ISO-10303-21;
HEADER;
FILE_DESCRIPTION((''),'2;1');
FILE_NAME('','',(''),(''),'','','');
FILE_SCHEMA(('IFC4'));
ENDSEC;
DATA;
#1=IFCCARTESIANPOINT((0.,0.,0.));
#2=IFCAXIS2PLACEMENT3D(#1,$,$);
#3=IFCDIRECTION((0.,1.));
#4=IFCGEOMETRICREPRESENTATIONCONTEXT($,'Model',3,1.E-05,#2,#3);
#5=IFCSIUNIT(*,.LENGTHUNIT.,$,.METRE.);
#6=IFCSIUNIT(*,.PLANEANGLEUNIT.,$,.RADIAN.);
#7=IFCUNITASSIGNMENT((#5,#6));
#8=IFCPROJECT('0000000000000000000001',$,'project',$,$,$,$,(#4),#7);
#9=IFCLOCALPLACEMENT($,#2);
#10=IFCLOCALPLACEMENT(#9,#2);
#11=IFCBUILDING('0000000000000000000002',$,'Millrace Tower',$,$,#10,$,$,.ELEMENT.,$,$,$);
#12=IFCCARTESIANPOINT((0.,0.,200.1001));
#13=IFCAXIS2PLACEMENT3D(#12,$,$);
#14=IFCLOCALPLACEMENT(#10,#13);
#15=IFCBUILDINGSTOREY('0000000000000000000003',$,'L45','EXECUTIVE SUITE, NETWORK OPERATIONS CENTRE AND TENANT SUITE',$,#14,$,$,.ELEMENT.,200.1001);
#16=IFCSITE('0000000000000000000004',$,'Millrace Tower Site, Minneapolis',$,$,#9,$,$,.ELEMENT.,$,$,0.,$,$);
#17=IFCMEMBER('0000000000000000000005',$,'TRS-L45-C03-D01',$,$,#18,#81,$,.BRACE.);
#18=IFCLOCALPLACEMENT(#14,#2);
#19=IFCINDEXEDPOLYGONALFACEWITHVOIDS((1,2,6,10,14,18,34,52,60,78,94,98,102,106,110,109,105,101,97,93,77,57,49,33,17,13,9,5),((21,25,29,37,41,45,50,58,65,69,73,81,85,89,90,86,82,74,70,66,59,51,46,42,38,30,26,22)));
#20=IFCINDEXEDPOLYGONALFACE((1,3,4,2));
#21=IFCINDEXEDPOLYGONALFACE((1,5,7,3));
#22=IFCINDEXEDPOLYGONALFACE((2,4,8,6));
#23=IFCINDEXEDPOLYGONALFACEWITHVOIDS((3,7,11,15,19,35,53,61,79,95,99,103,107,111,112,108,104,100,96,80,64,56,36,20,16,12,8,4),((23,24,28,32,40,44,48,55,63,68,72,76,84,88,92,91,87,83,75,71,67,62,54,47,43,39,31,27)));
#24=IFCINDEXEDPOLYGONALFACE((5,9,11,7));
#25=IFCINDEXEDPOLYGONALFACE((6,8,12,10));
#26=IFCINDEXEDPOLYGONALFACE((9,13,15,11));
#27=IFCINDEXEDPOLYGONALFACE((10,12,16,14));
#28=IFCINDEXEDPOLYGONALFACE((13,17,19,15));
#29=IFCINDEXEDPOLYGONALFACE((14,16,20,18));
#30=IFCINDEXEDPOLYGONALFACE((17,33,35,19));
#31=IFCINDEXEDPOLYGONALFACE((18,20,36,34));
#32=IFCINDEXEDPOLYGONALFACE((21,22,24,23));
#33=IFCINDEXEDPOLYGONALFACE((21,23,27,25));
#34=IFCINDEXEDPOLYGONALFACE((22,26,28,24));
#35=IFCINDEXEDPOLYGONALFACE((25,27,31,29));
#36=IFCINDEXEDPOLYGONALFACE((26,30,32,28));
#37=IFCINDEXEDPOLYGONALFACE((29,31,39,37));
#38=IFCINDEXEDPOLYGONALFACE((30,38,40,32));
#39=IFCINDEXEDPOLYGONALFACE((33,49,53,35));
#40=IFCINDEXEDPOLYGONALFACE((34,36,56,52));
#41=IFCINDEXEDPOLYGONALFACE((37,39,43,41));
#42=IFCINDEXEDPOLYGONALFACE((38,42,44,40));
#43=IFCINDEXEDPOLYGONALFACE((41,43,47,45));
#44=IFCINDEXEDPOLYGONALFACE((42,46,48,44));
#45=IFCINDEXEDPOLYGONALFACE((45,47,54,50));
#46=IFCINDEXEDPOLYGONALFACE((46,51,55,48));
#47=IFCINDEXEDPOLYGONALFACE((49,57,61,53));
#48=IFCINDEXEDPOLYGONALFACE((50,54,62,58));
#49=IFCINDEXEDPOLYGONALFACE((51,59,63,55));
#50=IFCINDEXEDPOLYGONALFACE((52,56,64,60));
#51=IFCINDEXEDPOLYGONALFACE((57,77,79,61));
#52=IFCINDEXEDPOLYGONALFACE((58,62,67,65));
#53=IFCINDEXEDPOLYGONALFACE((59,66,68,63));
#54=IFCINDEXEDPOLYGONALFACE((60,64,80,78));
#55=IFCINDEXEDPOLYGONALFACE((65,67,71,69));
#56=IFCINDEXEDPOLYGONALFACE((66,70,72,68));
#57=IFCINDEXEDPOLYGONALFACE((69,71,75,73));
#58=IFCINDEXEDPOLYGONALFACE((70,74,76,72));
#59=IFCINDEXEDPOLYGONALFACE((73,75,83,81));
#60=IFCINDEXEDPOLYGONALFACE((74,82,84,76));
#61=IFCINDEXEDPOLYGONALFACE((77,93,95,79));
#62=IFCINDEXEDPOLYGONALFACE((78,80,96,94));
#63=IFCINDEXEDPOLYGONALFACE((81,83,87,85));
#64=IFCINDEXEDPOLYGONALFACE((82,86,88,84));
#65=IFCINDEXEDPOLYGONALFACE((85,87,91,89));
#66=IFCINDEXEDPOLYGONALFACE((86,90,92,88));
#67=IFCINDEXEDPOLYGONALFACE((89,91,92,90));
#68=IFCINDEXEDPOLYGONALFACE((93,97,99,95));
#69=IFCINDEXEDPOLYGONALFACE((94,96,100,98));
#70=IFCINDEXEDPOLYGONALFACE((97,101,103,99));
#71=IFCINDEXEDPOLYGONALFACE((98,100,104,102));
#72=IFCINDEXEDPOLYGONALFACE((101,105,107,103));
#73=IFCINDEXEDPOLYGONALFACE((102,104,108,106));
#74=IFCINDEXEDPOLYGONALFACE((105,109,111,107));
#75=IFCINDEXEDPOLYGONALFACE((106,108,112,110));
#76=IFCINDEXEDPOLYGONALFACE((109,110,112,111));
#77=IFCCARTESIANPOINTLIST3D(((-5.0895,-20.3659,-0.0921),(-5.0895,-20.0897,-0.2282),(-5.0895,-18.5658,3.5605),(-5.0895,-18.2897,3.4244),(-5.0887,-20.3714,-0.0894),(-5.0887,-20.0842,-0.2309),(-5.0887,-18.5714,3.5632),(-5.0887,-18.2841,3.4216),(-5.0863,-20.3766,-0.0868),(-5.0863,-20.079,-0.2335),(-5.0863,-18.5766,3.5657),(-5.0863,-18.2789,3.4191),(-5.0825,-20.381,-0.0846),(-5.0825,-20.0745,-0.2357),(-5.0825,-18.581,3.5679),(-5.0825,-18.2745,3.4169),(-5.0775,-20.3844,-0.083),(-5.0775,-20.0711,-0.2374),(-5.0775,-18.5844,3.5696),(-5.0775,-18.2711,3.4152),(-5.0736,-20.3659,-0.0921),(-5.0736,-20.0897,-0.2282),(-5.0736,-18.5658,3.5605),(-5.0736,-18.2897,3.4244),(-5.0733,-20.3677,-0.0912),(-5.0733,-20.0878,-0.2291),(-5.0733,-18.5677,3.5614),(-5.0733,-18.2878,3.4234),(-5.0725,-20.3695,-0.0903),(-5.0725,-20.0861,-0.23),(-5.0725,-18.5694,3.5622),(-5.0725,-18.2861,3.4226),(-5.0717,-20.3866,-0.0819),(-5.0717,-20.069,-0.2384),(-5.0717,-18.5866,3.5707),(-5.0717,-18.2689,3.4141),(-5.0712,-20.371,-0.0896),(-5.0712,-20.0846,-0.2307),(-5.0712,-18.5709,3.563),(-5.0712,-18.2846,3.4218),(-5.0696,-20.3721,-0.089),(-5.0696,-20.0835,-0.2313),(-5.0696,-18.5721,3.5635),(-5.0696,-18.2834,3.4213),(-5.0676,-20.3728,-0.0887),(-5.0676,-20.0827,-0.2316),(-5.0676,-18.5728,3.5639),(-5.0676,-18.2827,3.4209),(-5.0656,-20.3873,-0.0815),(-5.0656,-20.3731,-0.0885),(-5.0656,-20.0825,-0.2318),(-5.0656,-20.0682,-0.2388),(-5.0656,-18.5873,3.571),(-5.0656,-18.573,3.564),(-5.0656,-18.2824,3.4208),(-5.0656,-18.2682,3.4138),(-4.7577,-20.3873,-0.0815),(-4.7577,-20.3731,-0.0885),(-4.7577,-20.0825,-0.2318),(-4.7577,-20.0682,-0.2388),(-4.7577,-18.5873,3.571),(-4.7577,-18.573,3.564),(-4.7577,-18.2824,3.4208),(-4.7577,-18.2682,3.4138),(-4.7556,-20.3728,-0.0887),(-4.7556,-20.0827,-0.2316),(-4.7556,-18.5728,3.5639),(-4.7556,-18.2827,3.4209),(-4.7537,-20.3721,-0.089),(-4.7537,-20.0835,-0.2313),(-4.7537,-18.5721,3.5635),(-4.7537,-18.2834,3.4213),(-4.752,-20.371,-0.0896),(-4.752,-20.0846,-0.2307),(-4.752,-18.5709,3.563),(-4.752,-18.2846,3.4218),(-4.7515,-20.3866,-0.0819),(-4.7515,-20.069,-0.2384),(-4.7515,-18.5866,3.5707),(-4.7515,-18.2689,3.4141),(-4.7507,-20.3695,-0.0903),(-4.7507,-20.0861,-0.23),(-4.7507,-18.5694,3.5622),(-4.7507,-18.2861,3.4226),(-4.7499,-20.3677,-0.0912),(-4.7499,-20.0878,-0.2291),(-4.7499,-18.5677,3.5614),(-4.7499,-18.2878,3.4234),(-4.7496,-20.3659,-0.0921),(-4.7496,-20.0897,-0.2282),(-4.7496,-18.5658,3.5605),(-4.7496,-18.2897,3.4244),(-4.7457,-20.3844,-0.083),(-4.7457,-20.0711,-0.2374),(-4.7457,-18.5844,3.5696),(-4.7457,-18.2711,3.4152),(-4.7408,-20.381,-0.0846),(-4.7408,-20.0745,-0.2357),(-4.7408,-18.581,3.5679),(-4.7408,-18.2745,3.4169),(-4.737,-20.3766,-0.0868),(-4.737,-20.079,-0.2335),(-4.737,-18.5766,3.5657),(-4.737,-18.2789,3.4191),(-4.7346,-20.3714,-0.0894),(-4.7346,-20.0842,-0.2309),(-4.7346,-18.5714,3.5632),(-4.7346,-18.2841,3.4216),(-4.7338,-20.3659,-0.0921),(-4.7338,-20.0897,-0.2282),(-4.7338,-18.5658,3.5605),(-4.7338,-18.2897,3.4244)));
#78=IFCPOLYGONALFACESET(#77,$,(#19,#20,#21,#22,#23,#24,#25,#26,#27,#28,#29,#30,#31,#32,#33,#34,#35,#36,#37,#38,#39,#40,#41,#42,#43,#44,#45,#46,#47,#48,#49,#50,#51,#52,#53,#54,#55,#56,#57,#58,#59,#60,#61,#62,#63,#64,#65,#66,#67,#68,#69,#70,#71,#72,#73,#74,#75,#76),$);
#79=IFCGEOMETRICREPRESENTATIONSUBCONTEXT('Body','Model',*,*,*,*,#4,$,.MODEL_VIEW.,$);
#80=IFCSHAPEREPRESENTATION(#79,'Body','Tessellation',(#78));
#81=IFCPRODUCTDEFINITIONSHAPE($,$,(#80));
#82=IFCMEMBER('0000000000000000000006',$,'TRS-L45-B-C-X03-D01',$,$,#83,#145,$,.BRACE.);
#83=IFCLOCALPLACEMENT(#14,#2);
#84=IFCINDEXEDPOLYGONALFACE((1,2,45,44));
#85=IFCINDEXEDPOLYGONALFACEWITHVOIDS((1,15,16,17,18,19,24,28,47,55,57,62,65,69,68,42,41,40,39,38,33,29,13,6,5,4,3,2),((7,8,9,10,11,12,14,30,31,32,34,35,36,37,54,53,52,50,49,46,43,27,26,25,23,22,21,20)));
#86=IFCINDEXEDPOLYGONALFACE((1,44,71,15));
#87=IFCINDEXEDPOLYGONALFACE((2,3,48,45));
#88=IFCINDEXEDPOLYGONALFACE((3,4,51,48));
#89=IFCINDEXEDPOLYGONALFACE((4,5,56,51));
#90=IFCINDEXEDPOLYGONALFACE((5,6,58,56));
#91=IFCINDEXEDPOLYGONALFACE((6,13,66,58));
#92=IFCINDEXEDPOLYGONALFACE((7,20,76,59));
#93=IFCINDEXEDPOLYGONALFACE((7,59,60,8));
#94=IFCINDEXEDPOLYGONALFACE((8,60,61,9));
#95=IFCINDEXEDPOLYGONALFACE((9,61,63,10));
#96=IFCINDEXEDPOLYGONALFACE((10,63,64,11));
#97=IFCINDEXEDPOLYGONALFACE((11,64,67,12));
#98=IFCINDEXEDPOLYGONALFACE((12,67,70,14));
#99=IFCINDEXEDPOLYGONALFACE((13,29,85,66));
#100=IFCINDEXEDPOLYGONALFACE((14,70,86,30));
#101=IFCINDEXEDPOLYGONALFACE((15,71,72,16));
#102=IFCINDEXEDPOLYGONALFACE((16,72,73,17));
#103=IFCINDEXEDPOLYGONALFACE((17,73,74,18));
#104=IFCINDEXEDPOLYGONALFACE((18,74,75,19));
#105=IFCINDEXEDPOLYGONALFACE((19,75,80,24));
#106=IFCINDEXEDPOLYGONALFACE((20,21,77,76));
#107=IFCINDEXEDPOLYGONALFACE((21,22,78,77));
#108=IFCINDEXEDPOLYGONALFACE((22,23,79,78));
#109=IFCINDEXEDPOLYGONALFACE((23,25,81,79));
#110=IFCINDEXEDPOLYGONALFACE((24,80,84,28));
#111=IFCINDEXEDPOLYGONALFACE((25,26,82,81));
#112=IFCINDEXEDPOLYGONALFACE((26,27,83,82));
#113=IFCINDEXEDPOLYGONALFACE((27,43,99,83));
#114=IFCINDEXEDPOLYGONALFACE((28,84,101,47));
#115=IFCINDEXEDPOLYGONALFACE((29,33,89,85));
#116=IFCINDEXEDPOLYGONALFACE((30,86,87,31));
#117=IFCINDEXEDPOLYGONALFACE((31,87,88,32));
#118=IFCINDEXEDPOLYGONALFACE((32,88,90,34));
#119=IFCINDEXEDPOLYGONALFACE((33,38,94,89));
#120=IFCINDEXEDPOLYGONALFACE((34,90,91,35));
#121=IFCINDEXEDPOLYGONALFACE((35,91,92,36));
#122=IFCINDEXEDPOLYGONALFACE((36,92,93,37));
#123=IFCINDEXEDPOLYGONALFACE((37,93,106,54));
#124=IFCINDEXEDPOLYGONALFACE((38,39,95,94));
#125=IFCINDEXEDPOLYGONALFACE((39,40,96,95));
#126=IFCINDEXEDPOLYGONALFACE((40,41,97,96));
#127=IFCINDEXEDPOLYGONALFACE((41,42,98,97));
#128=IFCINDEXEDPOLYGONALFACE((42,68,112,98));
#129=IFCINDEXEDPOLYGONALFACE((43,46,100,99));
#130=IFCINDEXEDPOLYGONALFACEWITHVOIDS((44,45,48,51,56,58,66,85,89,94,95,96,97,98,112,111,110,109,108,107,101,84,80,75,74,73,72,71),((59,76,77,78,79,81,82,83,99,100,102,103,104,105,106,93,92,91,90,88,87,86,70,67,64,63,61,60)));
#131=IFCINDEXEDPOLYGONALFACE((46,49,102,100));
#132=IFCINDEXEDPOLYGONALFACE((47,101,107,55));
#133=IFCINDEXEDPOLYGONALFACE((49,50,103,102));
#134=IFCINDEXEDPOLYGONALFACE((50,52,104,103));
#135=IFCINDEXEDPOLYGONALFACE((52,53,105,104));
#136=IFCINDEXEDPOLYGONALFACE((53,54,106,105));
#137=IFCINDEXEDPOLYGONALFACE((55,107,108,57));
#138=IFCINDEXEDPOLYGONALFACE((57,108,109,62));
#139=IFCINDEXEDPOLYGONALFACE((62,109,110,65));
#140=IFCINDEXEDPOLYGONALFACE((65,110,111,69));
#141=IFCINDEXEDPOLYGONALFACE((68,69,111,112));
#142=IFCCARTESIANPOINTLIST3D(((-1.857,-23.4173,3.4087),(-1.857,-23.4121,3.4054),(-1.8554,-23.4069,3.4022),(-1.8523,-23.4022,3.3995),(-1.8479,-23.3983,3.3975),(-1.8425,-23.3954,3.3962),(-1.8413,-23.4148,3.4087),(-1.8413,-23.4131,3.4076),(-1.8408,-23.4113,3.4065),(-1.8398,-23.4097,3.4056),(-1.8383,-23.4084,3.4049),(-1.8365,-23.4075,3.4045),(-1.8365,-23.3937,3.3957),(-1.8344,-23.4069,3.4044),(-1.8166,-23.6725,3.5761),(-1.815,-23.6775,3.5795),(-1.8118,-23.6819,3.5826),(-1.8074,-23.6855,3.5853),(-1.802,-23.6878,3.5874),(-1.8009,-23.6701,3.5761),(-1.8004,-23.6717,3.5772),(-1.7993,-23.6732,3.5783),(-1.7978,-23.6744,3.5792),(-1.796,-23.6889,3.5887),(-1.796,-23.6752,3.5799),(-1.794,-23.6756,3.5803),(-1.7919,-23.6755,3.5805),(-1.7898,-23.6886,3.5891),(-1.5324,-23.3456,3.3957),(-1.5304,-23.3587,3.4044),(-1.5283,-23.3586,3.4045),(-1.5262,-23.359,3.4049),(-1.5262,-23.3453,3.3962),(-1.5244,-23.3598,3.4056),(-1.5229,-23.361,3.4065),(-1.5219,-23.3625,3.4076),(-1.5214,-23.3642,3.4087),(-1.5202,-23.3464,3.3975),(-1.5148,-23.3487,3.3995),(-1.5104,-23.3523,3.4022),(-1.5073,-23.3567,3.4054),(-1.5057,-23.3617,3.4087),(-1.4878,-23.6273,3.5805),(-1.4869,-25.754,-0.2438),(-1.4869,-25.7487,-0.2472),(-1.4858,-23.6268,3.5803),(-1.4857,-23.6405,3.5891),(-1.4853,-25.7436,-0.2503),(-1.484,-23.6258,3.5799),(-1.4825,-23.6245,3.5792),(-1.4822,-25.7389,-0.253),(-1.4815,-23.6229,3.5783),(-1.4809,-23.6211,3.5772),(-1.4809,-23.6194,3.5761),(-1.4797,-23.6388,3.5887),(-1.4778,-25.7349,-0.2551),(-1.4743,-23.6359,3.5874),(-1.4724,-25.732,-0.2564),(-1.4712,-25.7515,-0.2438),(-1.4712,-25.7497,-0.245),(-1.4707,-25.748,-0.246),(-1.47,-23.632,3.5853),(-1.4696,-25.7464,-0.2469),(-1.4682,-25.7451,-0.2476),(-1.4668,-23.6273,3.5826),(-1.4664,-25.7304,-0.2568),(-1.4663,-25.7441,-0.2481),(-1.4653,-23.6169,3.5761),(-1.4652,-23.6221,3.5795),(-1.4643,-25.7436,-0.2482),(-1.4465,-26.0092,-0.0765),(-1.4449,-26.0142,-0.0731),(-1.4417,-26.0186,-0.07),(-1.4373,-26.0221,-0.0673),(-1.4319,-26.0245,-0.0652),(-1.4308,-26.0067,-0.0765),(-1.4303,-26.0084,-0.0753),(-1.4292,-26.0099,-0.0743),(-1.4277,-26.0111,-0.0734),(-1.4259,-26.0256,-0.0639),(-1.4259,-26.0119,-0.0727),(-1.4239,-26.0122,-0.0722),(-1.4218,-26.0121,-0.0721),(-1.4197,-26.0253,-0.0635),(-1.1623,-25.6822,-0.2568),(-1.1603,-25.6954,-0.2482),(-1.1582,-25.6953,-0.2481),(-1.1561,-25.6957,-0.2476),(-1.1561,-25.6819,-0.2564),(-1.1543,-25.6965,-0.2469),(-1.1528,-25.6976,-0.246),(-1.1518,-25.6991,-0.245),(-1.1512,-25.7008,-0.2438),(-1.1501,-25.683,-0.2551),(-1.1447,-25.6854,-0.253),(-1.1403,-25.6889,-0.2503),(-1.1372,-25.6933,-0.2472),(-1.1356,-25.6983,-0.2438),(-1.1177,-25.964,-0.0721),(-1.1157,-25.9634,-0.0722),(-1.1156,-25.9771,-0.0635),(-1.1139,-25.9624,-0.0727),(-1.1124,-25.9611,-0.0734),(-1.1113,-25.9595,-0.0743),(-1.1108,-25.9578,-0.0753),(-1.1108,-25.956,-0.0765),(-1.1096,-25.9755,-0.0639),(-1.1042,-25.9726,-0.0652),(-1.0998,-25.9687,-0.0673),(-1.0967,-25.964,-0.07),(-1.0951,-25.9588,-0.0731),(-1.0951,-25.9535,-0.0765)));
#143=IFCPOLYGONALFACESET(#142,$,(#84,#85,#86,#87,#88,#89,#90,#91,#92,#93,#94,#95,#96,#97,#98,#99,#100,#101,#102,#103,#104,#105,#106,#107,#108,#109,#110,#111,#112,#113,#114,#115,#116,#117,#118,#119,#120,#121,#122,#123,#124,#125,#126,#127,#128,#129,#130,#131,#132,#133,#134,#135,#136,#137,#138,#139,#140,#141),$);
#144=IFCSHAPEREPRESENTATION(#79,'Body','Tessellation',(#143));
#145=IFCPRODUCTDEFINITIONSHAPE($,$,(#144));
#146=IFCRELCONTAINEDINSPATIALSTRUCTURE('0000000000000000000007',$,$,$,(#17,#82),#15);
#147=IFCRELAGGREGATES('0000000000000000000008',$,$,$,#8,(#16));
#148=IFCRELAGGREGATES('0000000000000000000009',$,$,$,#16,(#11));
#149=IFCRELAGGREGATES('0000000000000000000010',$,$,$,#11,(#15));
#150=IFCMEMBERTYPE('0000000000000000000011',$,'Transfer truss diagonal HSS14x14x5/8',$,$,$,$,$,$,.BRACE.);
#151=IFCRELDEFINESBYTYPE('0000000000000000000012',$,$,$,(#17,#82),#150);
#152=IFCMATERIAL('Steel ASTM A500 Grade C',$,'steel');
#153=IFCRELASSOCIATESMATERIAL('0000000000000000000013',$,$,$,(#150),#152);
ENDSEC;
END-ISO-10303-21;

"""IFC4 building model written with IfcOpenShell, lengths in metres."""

from ifc_helpers import new_model, si_unit, direction, frame, origin, origin_2d, place, context, subcontext, project, spatial, hollow_rectangle, extrude, material, material_profile, profile_set, type_object, element, save


model = new_model("IFC4")

# Units and contexts
model_context = context("Model", 3, precision=1e-05, world=origin(), true_north=direction((0.0, 1.0)))
body_context = subcontext(model_context, "Body", "Model", "MODEL_VIEW")
ifc_project = project(units=[si_unit("LENGTHUNIT", "METRE"), si_unit("PLANEANGLEUNIT", "RADIAN")], contexts=[model_context])

# Site, building, storey
site_placement = place(None, origin())
site = spatial("IfcSite", under=ifc_project, at=site_placement, Name="Millrace Tower Site, Minneapolis", CompositionType="ELEMENT", RefElevation=0.0)
building_placement = place(site_placement, origin())
building = spatial("IfcBuilding", under=site, at=building_placement, Name="Millrace Tower", CompositionType="ELEMENT")
storey_placement = place(building_placement, frame((0.0, 0.0, 200.1001)))
storey = spatial("IfcBuildingStorey", under=building, at=storey_placement, Name="L45", Description="EXECUTIVE SUITE, NETWORK OPERATIONS CENTRE AND TENANT SUITE", CompositionType="ELEMENT", Elevation=200.1001)

# Members
ifc_material_1 = material(Name="Steel ASTM A500 Grade C", Category="steel")
ifc_material_profile_1 = material_profile(ifc_material_1, hollow_rectangle(XDim=0.3557, YDim=0.3557, WallThickness=0.0159, InnerFilletRadius=0.0081, OuterFilletRadius=0.0239, at=origin_2d()))
ifc_profile_set_1 = profile_set([ifc_material_profile_1], Name="Steel ASTM A500 Grade C")
member_type_1 = type_object("IfcMemberType", Name="Transfer truss diagonal HSS14x14x5/8", PredefinedType="BRACE", material=ifc_profile_set_1)
member_1_placement = place(storey_placement, frame((-4.9116, -20.2278, -0.1602), z_axis=(0.0, 0.44205, 0.89699), x_axis=(-1.0, 0.0, 0.0)))
element("IfcMember", 1, at=member_1_placement, inside=storey, type_object=member_type_1, Name="TRS-L45-C03-D01", PredefinedType="BRACE", context=body_context, shape_type="SweptSolid", body=[
    extrude(hollow_rectangle(XDim=0.3557, YDim=0.3557, WallThickness=0.0159, InnerFilletRadius=0.0081, OuterFilletRadius=0.0239, at=origin_2d()), origin(), (0.0, 0.0, 1.0), 4.072),
])
member_2_placement = place(storey_placement, frame((-1.291, -25.8538, -0.1602), z_axis=(-0.085049, 0.53694, 0.839323), x_axis=(-0.987687, -0.156445, 0.0)))
element("IfcMember", 2, at=member_2_placement, inside=storey, type_object=member_type_1, Name="TRS-L45-B-C-X03-D01", PredefinedType="BRACE", context=body_context, shape_type="SweptSolid", body=[
    extrude(hollow_rectangle(XDim=0.3557, YDim=0.3557, WallThickness=0.0159, InnerFilletRadius=0.0081, OuterFilletRadius=0.0239, at=origin_2d()), origin(), (0.0, 0.0, 1.0), 4.3518),
])

save(model, "model.ifc")
